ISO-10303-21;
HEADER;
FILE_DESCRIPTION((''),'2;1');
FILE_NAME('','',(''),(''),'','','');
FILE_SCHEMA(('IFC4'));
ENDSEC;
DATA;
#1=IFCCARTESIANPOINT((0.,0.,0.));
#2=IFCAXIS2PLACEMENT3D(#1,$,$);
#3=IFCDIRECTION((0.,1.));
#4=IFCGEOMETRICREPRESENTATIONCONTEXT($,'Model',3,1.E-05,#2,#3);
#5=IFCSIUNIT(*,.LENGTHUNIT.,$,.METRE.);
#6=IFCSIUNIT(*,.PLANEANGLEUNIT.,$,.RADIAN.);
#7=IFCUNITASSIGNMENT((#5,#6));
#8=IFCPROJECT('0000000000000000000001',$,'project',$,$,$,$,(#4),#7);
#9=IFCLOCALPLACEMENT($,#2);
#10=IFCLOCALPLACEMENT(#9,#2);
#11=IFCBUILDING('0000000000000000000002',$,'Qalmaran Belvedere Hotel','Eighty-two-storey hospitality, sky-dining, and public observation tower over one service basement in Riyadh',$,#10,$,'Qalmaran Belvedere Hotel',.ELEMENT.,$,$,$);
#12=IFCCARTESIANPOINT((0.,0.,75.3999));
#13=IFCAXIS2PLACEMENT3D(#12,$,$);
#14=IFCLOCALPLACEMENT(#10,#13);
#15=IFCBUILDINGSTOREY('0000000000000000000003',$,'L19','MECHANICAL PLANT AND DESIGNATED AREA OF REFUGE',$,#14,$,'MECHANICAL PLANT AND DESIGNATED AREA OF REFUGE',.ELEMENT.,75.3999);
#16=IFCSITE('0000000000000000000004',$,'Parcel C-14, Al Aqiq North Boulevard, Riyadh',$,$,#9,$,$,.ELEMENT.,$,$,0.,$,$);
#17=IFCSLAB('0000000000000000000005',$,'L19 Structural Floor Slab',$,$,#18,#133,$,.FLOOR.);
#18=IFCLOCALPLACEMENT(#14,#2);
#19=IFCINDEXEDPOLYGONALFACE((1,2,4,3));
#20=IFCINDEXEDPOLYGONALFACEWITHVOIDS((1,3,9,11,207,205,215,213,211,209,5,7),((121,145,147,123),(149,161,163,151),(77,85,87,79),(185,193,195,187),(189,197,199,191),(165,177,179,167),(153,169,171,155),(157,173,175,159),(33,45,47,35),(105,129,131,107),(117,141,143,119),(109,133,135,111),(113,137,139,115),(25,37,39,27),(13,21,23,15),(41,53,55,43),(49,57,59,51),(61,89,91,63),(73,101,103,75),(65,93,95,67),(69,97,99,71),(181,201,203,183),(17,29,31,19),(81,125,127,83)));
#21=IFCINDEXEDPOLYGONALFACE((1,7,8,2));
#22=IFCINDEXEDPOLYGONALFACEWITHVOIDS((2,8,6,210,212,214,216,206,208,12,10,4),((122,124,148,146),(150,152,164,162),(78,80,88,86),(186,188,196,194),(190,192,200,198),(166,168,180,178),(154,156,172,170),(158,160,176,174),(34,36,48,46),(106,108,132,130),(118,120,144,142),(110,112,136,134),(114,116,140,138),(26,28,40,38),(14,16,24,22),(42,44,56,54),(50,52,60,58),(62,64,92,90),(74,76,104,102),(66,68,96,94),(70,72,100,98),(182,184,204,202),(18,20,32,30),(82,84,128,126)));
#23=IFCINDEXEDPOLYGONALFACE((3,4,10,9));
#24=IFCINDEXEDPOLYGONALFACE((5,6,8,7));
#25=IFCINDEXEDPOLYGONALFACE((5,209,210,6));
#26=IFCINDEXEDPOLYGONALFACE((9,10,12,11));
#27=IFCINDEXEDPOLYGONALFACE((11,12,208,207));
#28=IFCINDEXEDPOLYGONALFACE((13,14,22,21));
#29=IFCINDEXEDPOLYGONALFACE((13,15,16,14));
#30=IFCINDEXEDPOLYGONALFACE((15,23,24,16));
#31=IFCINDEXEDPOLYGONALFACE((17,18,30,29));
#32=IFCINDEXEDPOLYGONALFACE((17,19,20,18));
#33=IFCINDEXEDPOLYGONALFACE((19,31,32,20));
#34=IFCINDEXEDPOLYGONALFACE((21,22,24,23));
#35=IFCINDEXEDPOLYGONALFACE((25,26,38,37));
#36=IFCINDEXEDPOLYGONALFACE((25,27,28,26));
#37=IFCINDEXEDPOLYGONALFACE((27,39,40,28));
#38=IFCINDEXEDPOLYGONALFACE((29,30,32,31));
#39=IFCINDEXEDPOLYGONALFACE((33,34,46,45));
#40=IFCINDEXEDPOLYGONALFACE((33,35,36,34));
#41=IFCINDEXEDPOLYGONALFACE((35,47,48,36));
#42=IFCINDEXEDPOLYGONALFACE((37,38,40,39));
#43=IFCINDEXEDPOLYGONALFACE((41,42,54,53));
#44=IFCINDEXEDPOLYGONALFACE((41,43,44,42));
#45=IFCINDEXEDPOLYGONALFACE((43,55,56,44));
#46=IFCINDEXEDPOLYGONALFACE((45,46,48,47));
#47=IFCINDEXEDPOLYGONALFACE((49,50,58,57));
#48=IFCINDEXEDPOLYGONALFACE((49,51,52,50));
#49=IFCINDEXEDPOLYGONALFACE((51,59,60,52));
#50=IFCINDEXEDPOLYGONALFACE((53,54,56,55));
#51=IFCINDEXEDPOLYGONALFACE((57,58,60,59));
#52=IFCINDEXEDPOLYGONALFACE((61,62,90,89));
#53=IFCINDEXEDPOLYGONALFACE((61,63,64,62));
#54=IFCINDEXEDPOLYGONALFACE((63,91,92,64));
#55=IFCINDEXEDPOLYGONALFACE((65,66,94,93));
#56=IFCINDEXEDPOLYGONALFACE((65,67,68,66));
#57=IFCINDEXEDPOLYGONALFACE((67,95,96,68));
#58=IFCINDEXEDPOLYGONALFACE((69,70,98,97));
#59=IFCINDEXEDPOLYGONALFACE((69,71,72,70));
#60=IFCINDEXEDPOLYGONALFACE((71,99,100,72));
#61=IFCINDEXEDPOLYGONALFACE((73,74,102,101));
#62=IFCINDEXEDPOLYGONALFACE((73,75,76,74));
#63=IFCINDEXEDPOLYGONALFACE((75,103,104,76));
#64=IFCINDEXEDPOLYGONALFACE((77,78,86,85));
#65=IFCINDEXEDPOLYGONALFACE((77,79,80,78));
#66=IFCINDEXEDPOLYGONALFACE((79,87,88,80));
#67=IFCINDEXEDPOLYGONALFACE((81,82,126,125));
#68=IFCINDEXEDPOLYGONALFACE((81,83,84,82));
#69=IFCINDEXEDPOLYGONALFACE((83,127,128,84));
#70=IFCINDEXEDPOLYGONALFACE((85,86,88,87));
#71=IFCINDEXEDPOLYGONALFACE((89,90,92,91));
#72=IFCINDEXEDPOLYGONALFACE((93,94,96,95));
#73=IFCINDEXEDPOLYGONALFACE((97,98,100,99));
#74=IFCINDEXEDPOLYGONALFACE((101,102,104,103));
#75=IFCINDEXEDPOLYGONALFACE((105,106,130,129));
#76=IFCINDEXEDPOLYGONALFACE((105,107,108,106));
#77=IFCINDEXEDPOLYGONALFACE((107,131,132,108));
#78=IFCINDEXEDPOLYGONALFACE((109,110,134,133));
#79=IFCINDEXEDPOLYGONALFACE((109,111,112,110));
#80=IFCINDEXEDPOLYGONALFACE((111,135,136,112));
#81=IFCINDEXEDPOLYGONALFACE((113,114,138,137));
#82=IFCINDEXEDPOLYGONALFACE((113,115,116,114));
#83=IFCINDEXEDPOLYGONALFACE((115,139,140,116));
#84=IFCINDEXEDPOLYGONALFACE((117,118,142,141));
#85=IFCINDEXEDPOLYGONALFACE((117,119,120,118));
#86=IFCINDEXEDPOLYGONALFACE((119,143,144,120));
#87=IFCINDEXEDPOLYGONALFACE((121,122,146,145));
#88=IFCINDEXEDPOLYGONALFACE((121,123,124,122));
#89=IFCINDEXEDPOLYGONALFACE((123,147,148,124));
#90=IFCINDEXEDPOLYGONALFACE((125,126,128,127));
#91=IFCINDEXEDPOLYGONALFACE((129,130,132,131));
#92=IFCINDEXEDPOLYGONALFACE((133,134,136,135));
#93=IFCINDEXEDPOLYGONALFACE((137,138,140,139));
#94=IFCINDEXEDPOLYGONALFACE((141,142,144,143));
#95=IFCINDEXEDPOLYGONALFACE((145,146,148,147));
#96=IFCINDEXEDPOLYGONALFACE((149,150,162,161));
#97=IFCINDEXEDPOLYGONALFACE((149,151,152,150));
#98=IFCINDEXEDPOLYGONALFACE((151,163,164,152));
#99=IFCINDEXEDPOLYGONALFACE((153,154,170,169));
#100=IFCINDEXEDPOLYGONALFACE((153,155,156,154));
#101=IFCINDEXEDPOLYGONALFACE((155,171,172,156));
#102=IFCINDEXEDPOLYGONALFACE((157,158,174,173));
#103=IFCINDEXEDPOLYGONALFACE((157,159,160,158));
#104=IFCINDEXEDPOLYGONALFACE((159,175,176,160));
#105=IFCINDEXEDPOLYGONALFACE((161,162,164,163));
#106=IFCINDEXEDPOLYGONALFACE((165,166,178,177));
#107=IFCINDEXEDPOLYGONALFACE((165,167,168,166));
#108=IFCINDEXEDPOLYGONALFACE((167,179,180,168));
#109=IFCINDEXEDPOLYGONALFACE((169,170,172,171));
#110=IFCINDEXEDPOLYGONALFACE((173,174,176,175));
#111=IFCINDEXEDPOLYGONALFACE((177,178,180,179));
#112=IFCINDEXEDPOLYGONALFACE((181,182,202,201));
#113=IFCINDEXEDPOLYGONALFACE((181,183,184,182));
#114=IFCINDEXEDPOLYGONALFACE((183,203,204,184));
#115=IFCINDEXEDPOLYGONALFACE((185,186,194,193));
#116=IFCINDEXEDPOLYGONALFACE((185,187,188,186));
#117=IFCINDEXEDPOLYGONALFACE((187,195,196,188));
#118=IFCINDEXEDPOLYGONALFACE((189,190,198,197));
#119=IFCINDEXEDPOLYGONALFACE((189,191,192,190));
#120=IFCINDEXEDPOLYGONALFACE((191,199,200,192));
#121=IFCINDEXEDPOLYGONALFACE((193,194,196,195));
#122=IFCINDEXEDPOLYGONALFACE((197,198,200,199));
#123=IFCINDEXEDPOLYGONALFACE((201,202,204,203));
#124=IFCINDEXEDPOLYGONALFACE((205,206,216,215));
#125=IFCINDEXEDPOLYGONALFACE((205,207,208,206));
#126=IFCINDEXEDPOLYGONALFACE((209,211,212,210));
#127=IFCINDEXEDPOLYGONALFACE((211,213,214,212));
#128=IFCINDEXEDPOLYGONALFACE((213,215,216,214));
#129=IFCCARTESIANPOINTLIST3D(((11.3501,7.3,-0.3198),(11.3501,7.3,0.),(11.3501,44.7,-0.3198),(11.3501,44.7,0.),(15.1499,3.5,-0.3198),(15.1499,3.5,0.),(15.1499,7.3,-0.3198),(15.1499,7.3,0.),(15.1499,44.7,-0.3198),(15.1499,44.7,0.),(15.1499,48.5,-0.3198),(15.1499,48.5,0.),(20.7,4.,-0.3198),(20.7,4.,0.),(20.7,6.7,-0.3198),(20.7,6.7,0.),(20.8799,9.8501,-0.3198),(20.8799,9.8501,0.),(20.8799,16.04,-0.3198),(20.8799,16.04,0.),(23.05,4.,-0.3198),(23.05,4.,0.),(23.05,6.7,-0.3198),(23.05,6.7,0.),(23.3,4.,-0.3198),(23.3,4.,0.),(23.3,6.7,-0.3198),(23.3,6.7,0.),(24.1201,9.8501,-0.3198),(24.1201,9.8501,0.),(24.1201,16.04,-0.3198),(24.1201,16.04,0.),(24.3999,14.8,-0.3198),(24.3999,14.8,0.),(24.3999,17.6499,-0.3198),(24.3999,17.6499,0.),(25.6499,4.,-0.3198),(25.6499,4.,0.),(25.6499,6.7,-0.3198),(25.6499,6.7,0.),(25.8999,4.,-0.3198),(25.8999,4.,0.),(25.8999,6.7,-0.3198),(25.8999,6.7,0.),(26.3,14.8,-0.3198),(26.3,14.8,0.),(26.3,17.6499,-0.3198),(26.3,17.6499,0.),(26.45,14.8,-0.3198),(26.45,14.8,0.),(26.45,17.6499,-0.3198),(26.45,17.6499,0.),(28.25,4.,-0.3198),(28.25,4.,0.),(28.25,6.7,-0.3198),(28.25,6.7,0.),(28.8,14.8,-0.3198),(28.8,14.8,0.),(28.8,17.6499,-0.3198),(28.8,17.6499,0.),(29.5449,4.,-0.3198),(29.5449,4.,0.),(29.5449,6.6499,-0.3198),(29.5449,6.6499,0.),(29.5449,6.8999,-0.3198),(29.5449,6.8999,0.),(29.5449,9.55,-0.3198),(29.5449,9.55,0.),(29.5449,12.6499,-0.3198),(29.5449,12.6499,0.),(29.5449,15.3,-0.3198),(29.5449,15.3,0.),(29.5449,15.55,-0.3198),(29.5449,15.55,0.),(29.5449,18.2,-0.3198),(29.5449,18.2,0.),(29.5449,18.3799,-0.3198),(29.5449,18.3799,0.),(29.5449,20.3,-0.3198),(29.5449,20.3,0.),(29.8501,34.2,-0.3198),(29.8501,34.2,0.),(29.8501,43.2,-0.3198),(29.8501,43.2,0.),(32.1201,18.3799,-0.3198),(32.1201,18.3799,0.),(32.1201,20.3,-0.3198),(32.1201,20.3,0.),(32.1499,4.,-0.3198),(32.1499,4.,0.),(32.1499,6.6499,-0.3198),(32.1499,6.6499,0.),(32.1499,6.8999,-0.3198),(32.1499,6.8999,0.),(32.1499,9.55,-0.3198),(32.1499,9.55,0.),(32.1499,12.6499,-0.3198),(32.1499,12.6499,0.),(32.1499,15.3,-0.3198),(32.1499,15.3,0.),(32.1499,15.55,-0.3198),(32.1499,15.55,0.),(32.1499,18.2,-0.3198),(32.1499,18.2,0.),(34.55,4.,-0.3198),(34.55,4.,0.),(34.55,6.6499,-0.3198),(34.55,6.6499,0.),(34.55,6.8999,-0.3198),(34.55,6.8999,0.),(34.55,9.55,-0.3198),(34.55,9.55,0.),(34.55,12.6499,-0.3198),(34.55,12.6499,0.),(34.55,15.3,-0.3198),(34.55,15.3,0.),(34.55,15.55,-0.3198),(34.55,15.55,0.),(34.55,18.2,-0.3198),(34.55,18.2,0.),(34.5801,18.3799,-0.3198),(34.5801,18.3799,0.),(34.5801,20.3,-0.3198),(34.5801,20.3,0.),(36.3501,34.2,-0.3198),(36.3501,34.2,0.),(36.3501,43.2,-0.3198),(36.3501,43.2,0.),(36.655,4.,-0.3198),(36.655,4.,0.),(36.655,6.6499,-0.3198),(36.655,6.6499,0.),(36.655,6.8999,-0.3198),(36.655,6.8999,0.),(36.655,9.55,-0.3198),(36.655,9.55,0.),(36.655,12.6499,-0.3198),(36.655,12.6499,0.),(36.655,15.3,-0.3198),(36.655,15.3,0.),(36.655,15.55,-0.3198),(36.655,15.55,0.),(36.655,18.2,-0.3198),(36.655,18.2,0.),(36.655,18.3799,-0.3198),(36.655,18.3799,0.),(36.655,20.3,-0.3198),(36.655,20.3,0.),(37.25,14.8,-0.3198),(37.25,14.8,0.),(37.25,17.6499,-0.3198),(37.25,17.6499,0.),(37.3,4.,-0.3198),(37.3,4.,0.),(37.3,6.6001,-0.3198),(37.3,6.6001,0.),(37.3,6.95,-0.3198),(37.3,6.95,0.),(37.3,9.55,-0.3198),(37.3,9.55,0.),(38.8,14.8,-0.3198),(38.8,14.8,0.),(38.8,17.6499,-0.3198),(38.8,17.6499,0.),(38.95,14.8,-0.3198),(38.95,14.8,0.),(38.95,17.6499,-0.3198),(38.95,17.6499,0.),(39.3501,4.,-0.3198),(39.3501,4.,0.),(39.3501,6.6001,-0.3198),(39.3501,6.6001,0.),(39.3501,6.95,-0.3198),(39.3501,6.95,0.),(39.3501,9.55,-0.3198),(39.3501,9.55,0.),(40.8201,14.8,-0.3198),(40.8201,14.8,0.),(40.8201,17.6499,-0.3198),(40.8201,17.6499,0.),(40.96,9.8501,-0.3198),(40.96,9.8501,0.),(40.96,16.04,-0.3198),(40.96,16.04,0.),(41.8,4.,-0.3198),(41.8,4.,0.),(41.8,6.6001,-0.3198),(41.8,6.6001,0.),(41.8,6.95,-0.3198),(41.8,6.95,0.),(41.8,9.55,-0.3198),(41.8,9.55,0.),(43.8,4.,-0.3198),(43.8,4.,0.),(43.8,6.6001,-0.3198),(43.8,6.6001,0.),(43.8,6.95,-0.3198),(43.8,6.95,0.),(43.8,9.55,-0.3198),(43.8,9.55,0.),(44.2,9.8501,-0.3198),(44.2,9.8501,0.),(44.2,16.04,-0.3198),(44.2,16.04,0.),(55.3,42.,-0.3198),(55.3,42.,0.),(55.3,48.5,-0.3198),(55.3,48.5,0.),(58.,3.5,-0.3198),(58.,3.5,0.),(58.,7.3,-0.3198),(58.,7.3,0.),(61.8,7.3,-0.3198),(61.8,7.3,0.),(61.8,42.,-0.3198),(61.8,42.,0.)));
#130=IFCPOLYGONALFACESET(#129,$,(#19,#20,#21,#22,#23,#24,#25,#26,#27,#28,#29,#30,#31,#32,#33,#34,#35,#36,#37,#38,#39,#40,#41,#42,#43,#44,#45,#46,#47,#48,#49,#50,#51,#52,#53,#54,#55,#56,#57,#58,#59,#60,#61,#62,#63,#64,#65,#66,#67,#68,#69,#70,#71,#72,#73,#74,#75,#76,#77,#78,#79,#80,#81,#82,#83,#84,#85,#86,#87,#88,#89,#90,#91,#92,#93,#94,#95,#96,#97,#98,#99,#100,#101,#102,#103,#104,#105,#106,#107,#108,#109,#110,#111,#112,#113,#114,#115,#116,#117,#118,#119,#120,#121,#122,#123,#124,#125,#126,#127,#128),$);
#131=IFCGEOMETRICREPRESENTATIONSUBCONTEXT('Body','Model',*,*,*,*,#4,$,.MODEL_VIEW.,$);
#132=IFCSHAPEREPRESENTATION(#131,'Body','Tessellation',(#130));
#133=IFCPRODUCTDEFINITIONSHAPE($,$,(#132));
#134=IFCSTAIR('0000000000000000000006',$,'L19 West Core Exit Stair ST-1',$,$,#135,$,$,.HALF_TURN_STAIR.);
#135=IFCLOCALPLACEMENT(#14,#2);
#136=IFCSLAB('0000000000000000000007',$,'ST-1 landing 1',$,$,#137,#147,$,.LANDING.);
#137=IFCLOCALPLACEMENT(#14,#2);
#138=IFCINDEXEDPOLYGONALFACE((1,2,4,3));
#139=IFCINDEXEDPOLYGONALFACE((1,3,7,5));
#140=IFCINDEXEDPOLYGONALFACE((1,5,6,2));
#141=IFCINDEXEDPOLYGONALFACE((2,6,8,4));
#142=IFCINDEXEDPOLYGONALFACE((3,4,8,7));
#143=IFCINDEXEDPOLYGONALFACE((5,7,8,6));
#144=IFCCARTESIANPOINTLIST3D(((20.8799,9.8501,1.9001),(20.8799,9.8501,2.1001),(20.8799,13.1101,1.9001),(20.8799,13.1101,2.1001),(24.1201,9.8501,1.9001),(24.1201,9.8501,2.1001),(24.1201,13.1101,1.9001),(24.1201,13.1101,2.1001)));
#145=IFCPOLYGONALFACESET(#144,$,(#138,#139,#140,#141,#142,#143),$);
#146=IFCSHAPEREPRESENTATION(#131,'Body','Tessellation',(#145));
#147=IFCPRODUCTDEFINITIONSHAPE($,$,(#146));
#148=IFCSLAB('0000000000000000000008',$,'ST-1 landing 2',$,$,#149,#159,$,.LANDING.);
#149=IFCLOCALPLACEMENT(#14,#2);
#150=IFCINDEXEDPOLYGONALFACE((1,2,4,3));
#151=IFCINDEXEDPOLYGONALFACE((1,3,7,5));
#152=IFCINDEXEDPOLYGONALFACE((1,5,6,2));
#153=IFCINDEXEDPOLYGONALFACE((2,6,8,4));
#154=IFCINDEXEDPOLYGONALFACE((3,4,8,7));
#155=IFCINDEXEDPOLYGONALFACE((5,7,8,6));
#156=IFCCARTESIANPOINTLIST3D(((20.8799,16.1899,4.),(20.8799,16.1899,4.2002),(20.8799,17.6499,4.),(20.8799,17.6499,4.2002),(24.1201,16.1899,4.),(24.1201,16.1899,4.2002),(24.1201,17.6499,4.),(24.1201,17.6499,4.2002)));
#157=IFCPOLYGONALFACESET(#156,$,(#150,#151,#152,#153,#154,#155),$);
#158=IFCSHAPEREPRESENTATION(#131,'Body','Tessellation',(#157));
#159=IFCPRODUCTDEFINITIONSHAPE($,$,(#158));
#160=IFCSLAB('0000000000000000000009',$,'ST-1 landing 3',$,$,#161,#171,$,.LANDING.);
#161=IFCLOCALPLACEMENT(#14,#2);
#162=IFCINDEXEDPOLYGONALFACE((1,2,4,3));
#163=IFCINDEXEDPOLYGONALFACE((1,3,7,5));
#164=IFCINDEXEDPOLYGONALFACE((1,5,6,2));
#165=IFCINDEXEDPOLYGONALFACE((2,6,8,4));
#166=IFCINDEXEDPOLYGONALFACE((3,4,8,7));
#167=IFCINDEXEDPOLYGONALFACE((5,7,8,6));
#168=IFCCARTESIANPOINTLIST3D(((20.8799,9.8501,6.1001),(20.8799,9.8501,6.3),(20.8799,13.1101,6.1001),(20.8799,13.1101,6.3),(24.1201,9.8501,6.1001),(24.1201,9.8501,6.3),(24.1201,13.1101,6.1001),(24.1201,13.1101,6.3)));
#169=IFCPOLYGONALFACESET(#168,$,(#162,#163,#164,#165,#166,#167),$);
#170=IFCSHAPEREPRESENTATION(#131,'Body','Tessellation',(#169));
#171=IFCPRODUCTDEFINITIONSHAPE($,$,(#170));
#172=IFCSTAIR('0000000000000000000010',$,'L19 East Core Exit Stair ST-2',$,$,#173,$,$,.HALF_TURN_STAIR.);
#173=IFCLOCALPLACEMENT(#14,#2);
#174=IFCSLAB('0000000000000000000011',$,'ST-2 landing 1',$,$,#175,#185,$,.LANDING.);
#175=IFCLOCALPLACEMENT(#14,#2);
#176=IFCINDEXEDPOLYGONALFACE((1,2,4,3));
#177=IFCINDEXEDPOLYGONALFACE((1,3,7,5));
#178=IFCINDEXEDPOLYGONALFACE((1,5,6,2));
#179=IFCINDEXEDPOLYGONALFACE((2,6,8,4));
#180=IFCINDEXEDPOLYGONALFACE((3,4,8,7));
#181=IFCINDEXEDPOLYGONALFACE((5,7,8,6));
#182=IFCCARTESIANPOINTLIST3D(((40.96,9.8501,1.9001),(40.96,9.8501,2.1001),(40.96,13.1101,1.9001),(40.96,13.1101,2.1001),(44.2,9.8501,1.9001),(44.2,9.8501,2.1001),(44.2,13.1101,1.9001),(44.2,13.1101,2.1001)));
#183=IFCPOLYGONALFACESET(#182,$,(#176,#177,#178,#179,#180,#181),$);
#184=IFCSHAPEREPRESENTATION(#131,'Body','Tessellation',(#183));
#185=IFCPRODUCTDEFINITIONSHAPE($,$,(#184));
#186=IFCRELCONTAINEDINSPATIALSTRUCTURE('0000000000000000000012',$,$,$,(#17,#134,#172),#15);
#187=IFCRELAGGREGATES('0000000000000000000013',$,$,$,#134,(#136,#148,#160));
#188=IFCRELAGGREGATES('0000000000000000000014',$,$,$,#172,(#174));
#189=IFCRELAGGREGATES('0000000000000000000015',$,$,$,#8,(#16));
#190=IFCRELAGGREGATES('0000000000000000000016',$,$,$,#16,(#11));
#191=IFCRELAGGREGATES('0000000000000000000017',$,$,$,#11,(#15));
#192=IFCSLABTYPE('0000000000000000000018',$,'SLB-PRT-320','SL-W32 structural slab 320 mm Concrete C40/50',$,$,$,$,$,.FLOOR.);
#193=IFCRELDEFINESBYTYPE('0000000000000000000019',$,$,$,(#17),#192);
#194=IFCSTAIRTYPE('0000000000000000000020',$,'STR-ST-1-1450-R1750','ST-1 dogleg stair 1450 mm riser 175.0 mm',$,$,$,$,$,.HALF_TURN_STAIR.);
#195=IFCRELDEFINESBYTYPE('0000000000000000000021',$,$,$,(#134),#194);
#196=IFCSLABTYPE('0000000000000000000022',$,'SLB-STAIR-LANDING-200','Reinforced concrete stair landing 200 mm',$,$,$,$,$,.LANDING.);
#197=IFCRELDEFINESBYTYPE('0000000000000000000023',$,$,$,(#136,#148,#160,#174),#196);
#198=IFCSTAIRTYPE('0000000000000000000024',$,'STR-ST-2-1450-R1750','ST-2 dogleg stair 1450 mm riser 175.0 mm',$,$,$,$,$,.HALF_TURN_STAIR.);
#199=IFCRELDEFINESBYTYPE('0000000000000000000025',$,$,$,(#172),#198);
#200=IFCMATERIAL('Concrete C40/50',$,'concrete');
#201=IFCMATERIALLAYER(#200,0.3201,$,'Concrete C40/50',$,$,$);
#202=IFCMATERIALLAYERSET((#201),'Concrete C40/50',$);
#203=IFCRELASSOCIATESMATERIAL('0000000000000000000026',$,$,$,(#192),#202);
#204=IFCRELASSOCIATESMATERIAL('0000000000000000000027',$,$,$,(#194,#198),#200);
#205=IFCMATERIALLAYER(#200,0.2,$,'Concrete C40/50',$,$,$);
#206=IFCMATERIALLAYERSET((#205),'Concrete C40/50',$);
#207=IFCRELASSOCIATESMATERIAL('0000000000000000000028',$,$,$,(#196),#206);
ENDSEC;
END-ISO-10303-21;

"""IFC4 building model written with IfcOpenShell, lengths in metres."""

from ifc_helpers import new_model, si_unit, direction, frame, origin, place, context, subcontext, project, spatial, polyline, outline, extrude, material, layer, layer_set, type_object, element, aggregate, save


model = new_model("IFC4")

# Units and contexts
model_context = context("Model", 3, precision=1e-05, world=origin(), true_north=direction((0.0, 1.0)))
body_context = subcontext(model_context, "Body", "Model", "MODEL_VIEW")
ifc_project = project(units=[si_unit("LENGTHUNIT", "METRE"), si_unit("PLANEANGLEUNIT", "RADIAN")], contexts=[model_context])

# Site, building, storey
site_placement = place(None, origin())
site = spatial("IfcSite", under=ifc_project, at=site_placement, Name="Parcel C-14, Al Aqiq North Boulevard, Riyadh", CompositionType="ELEMENT", RefElevation=0.0)
building_placement = place(site_placement, origin())
building = spatial("IfcBuilding", under=site, at=building_placement, Name="Qalmaran Belvedere Hotel", Description="Eighty-two-storey hospitality, sky-dining, and public observation tower over one service basement in Riyadh", LongName="Qalmaran Belvedere Hotel", CompositionType="ELEMENT")
storey_placement = place(building_placement, frame((0.0, 0.0, 75.3999)))
storey = spatial("IfcBuildingStorey", under=building, at=storey_placement, Name="L19", Description="MECHANICAL PLANT AND DESIGNATED AREA OF REFUGE", LongName="MECHANICAL PLANT AND DESIGNATED AREA OF REFUGE", CompositionType="ELEMENT", Elevation=75.3999)

# Slab
ifc_material_1 = material(Name="Concrete C40/50", Category="concrete")
ifc_layer_1 = layer(ifc_material_1, 0.3201, Name="Concrete C40/50")
ifc_layer_set_1 = layer_set([ifc_layer_1], Name="Concrete C40/50")
slab_type_1 = type_object("IfcSlabType", Name="SLB-PRT-320", Description="SL-W32 structural slab 320 mm Concrete C40/50", PredefinedType="FLOOR", material=ifc_layer_set_1)
slab_1_placement = place(storey_placement, frame((0.0, 0.0, -0.3198)))
element("IfcSlab", 1, at=slab_1_placement, inside=storey, type_object=slab_type_1, Name="L19 Structural Floor Slab", PredefinedType="FLOOR", context=body_context, shape_type="SweptSolid", body=[
    extrude(outline(polyline([(15.1499, 3.5), (58.0, 3.5), (58.0, 7.3), (61.8, 7.3), (61.8, 42.0), (55.3, 42.0), (55.3, 48.5), (15.1499, 48.5), (15.1499, 44.7), (11.3501, 44.7), (11.3501, 7.3), (15.1499, 7.3), (15.1499, 3.5)]), holes=[polyline([(20.8799, 9.8501), (24.1201, 9.8501), (24.1201, 16.04), (20.8799, 16.04), (20.8799, 9.8501)]), polyline([(40.96, 9.8501), (44.2, 9.8501), (44.2, 16.04), (40.96, 16.04), (40.96, 9.8501)]), polyline([(29.5449, 4.0), (32.1499, 4.0), (32.1499, 6.6499), (29.5449, 6.6499), (29.5449, 4.0)]), polyline([(29.5449, 6.8999), (32.1499, 6.8999), (32.1499, 9.55), (29.5449, 9.55), (29.5449, 6.8999)]), polyline([(34.55, 4.0), (36.655, 4.0), (36.655, 6.6499), (34.55, 6.6499), (34.55, 4.0)]), polyline([(34.55, 6.8999), (36.655, 6.8999), (36.655, 9.55), (34.55, 9.55), (34.55, 6.8999)]), polyline([(29.5449, 12.6499), (32.1499, 12.6499), (32.1499, 15.3), (29.5449, 15.3), (29.5449, 12.6499)]), polyline([(29.5449, 15.55), (32.1499, 15.55), (32.1499, 18.2), (29.5449, 18.2), (29.5449, 15.55)]), polyline([(34.55, 12.6499), (36.655, 12.6499), (36.655, 15.3), (34.55, 15.3), (34.55, 12.6499)]), polyline([(34.55, 15.55), (36.655, 15.55), (36.655, 18.2), (34.55, 18.2), (34.55, 15.55)]), polyline([(37.3, 4.0), (39.3501, 4.0), (39.3501, 6.6001), (37.3, 6.6001), (37.3, 4.0)]), polyline([(37.3, 6.95), (39.3501, 6.95), (39.3501, 9.55), (37.3, 9.55), (37.3, 6.95)]), polyline([(41.8, 4.0), (43.8, 4.0), (43.8, 6.6001), (41.8, 6.6001), (41.8, 4.0)]), polyline([(41.8, 6.95), (43.8, 6.95), (43.8, 9.55), (41.8, 9.55), (41.8, 6.95)]), polyline([(20.7, 4.0), (23.05, 4.0), (23.05, 6.7), (20.7, 6.7), (20.7, 4.0)]), polyline([(23.3, 4.0), (25.6499, 4.0), (25.6499, 6.7), (23.3, 6.7), (23.3, 4.0)]), polyline([(25.8999, 4.0), (28.25, 4.0), (28.25, 6.7), (25.8999, 6.7), (25.8999, 4.0)]), polyline([(24.3999, 14.8), (26.3, 14.8), (26.3, 17.6499), (24.3999, 17.6499), (24.3999, 14.8)]), polyline([(38.95, 14.8), (40.8201, 14.8), (40.8201, 17.6499), (38.95, 17.6499), (38.95, 14.8)]), polyline([(26.45, 14.8), (28.8, 14.8), (28.8, 17.6499), (26.45, 17.6499), (26.45, 14.8)]), polyline([(37.25, 14.8), (38.8, 14.8), (38.8, 17.6499), (37.25, 17.6499), (37.25, 14.8)]), polyline([(29.5449, 18.3799), (32.1201, 18.3799), (32.1201, 20.3), (29.5449, 20.3), (29.5449, 18.3799)]), polyline([(34.5801, 18.3799), (36.655, 18.3799), (36.655, 20.3), (34.5801, 20.3), (34.5801, 18.3799)]), polyline([(29.8501, 34.2), (36.3501, 34.2), (36.3501, 43.2), (29.8501, 43.2), (29.8501, 34.2)])]), origin(), (0.0, 0.0, 1.0), 0.3198),
])

# Stairs, slabs
stair_type_1 = type_object("IfcStairType", Name="STR-ST-1-1450-R1750", Description="ST-1 dogleg stair 1450 mm riser 175.0 mm", PredefinedType="HALF_TURN_STAIR", material=ifc_material_1)
stair_1_placement = place(storey_placement, origin())
stair_1 = element("IfcStair", 2, at=stair_1_placement, inside=storey, type_object=stair_type_1, Name="L19 West Core Exit Stair ST-1", PredefinedType="HALF_TURN_STAIR")
ifc_layer_2 = layer(ifc_material_1, 0.2, Name="Concrete C40/50")
ifc_layer_set_2 = layer_set([ifc_layer_2], Name="Concrete C40/50")
slab_type_2 = type_object("IfcSlabType", Name="SLB-STAIR-LANDING-200", Description="Reinforced concrete stair landing 200 mm", PredefinedType="LANDING", material=ifc_layer_set_2)
slab_2_placement = place(storey_placement, frame((0.0, 0.0, 1.9001)))
slab_2 = element("IfcSlab", 3, at=slab_2_placement, type_object=slab_type_2, Name="ST-1 landing 1", PredefinedType="LANDING", context=body_context, shape_type="SweptSolid", body=[
    extrude(outline(polyline([(20.8799, 13.1101), (20.8799, 9.8501), (24.1201, 9.8501), (24.1201, 13.1101), (20.8799, 13.1101)])), origin(), (0.0, 0.0, 1.0), 0.2),
])
slab_3_placement = place(storey_placement, frame((0.0, 0.0, 4.0)))
slab_3 = element("IfcSlab", 4, at=slab_3_placement, type_object=slab_type_2, Name="ST-1 landing 2", PredefinedType="LANDING", context=body_context, shape_type="SweptSolid", body=[
    extrude(outline(polyline([(20.8799, 17.6499), (20.8799, 16.1899), (24.1201, 16.1899), (24.1201, 17.6499), (20.8799, 17.6499)])), origin(), (0.0, 0.0, 1.0), 0.2002),
])
slab_4_placement = place(storey_placement, frame((0.0, 0.0, 6.1001)))
slab_4 = element("IfcSlab", 5, at=slab_4_placement, type_object=slab_type_2, Name="ST-1 landing 3", PredefinedType="LANDING", context=body_context, shape_type="SweptSolid", body=[
    extrude(outline(polyline([(20.8799, 13.1101), (20.8799, 9.8501), (24.1201, 9.8501), (24.1201, 13.1101), (20.8799, 13.1101)])), origin(), (0.0, 0.0, 1.0), 0.2),
])
aggregate(stair_1, [slab_2, slab_3, slab_4])
stair_type_2 = type_object("IfcStairType", Name="STR-ST-2-1450-R1750", Description="ST-2 dogleg stair 1450 mm riser 175.0 mm", PredefinedType="HALF_TURN_STAIR", material=ifc_material_1)
stair_2_placement = place(storey_placement, origin())
stair_2 = element("IfcStair", 6, at=stair_2_placement, inside=storey, type_object=stair_type_2, Name="L19 East Core Exit Stair ST-2", PredefinedType="HALF_TURN_STAIR")
slab_5_placement = place(storey_placement, frame((0.0, 0.0, 1.9001)))
slab_5 = element("IfcSlab", 7, at=slab_5_placement, type_object=slab_type_2, Name="ST-2 landing 1", PredefinedType="LANDING", context=body_context, shape_type="SweptSolid", body=[
    extrude(outline(polyline([(40.96, 13.1101), (40.96, 9.8501), (44.2, 9.8501), (44.2, 13.1101), (40.96, 13.1101)])), origin(), (0.0, 0.0, 1.0), 0.2),
])
aggregate(stair_2, [slab_5])

save(model, "model.ifc")
